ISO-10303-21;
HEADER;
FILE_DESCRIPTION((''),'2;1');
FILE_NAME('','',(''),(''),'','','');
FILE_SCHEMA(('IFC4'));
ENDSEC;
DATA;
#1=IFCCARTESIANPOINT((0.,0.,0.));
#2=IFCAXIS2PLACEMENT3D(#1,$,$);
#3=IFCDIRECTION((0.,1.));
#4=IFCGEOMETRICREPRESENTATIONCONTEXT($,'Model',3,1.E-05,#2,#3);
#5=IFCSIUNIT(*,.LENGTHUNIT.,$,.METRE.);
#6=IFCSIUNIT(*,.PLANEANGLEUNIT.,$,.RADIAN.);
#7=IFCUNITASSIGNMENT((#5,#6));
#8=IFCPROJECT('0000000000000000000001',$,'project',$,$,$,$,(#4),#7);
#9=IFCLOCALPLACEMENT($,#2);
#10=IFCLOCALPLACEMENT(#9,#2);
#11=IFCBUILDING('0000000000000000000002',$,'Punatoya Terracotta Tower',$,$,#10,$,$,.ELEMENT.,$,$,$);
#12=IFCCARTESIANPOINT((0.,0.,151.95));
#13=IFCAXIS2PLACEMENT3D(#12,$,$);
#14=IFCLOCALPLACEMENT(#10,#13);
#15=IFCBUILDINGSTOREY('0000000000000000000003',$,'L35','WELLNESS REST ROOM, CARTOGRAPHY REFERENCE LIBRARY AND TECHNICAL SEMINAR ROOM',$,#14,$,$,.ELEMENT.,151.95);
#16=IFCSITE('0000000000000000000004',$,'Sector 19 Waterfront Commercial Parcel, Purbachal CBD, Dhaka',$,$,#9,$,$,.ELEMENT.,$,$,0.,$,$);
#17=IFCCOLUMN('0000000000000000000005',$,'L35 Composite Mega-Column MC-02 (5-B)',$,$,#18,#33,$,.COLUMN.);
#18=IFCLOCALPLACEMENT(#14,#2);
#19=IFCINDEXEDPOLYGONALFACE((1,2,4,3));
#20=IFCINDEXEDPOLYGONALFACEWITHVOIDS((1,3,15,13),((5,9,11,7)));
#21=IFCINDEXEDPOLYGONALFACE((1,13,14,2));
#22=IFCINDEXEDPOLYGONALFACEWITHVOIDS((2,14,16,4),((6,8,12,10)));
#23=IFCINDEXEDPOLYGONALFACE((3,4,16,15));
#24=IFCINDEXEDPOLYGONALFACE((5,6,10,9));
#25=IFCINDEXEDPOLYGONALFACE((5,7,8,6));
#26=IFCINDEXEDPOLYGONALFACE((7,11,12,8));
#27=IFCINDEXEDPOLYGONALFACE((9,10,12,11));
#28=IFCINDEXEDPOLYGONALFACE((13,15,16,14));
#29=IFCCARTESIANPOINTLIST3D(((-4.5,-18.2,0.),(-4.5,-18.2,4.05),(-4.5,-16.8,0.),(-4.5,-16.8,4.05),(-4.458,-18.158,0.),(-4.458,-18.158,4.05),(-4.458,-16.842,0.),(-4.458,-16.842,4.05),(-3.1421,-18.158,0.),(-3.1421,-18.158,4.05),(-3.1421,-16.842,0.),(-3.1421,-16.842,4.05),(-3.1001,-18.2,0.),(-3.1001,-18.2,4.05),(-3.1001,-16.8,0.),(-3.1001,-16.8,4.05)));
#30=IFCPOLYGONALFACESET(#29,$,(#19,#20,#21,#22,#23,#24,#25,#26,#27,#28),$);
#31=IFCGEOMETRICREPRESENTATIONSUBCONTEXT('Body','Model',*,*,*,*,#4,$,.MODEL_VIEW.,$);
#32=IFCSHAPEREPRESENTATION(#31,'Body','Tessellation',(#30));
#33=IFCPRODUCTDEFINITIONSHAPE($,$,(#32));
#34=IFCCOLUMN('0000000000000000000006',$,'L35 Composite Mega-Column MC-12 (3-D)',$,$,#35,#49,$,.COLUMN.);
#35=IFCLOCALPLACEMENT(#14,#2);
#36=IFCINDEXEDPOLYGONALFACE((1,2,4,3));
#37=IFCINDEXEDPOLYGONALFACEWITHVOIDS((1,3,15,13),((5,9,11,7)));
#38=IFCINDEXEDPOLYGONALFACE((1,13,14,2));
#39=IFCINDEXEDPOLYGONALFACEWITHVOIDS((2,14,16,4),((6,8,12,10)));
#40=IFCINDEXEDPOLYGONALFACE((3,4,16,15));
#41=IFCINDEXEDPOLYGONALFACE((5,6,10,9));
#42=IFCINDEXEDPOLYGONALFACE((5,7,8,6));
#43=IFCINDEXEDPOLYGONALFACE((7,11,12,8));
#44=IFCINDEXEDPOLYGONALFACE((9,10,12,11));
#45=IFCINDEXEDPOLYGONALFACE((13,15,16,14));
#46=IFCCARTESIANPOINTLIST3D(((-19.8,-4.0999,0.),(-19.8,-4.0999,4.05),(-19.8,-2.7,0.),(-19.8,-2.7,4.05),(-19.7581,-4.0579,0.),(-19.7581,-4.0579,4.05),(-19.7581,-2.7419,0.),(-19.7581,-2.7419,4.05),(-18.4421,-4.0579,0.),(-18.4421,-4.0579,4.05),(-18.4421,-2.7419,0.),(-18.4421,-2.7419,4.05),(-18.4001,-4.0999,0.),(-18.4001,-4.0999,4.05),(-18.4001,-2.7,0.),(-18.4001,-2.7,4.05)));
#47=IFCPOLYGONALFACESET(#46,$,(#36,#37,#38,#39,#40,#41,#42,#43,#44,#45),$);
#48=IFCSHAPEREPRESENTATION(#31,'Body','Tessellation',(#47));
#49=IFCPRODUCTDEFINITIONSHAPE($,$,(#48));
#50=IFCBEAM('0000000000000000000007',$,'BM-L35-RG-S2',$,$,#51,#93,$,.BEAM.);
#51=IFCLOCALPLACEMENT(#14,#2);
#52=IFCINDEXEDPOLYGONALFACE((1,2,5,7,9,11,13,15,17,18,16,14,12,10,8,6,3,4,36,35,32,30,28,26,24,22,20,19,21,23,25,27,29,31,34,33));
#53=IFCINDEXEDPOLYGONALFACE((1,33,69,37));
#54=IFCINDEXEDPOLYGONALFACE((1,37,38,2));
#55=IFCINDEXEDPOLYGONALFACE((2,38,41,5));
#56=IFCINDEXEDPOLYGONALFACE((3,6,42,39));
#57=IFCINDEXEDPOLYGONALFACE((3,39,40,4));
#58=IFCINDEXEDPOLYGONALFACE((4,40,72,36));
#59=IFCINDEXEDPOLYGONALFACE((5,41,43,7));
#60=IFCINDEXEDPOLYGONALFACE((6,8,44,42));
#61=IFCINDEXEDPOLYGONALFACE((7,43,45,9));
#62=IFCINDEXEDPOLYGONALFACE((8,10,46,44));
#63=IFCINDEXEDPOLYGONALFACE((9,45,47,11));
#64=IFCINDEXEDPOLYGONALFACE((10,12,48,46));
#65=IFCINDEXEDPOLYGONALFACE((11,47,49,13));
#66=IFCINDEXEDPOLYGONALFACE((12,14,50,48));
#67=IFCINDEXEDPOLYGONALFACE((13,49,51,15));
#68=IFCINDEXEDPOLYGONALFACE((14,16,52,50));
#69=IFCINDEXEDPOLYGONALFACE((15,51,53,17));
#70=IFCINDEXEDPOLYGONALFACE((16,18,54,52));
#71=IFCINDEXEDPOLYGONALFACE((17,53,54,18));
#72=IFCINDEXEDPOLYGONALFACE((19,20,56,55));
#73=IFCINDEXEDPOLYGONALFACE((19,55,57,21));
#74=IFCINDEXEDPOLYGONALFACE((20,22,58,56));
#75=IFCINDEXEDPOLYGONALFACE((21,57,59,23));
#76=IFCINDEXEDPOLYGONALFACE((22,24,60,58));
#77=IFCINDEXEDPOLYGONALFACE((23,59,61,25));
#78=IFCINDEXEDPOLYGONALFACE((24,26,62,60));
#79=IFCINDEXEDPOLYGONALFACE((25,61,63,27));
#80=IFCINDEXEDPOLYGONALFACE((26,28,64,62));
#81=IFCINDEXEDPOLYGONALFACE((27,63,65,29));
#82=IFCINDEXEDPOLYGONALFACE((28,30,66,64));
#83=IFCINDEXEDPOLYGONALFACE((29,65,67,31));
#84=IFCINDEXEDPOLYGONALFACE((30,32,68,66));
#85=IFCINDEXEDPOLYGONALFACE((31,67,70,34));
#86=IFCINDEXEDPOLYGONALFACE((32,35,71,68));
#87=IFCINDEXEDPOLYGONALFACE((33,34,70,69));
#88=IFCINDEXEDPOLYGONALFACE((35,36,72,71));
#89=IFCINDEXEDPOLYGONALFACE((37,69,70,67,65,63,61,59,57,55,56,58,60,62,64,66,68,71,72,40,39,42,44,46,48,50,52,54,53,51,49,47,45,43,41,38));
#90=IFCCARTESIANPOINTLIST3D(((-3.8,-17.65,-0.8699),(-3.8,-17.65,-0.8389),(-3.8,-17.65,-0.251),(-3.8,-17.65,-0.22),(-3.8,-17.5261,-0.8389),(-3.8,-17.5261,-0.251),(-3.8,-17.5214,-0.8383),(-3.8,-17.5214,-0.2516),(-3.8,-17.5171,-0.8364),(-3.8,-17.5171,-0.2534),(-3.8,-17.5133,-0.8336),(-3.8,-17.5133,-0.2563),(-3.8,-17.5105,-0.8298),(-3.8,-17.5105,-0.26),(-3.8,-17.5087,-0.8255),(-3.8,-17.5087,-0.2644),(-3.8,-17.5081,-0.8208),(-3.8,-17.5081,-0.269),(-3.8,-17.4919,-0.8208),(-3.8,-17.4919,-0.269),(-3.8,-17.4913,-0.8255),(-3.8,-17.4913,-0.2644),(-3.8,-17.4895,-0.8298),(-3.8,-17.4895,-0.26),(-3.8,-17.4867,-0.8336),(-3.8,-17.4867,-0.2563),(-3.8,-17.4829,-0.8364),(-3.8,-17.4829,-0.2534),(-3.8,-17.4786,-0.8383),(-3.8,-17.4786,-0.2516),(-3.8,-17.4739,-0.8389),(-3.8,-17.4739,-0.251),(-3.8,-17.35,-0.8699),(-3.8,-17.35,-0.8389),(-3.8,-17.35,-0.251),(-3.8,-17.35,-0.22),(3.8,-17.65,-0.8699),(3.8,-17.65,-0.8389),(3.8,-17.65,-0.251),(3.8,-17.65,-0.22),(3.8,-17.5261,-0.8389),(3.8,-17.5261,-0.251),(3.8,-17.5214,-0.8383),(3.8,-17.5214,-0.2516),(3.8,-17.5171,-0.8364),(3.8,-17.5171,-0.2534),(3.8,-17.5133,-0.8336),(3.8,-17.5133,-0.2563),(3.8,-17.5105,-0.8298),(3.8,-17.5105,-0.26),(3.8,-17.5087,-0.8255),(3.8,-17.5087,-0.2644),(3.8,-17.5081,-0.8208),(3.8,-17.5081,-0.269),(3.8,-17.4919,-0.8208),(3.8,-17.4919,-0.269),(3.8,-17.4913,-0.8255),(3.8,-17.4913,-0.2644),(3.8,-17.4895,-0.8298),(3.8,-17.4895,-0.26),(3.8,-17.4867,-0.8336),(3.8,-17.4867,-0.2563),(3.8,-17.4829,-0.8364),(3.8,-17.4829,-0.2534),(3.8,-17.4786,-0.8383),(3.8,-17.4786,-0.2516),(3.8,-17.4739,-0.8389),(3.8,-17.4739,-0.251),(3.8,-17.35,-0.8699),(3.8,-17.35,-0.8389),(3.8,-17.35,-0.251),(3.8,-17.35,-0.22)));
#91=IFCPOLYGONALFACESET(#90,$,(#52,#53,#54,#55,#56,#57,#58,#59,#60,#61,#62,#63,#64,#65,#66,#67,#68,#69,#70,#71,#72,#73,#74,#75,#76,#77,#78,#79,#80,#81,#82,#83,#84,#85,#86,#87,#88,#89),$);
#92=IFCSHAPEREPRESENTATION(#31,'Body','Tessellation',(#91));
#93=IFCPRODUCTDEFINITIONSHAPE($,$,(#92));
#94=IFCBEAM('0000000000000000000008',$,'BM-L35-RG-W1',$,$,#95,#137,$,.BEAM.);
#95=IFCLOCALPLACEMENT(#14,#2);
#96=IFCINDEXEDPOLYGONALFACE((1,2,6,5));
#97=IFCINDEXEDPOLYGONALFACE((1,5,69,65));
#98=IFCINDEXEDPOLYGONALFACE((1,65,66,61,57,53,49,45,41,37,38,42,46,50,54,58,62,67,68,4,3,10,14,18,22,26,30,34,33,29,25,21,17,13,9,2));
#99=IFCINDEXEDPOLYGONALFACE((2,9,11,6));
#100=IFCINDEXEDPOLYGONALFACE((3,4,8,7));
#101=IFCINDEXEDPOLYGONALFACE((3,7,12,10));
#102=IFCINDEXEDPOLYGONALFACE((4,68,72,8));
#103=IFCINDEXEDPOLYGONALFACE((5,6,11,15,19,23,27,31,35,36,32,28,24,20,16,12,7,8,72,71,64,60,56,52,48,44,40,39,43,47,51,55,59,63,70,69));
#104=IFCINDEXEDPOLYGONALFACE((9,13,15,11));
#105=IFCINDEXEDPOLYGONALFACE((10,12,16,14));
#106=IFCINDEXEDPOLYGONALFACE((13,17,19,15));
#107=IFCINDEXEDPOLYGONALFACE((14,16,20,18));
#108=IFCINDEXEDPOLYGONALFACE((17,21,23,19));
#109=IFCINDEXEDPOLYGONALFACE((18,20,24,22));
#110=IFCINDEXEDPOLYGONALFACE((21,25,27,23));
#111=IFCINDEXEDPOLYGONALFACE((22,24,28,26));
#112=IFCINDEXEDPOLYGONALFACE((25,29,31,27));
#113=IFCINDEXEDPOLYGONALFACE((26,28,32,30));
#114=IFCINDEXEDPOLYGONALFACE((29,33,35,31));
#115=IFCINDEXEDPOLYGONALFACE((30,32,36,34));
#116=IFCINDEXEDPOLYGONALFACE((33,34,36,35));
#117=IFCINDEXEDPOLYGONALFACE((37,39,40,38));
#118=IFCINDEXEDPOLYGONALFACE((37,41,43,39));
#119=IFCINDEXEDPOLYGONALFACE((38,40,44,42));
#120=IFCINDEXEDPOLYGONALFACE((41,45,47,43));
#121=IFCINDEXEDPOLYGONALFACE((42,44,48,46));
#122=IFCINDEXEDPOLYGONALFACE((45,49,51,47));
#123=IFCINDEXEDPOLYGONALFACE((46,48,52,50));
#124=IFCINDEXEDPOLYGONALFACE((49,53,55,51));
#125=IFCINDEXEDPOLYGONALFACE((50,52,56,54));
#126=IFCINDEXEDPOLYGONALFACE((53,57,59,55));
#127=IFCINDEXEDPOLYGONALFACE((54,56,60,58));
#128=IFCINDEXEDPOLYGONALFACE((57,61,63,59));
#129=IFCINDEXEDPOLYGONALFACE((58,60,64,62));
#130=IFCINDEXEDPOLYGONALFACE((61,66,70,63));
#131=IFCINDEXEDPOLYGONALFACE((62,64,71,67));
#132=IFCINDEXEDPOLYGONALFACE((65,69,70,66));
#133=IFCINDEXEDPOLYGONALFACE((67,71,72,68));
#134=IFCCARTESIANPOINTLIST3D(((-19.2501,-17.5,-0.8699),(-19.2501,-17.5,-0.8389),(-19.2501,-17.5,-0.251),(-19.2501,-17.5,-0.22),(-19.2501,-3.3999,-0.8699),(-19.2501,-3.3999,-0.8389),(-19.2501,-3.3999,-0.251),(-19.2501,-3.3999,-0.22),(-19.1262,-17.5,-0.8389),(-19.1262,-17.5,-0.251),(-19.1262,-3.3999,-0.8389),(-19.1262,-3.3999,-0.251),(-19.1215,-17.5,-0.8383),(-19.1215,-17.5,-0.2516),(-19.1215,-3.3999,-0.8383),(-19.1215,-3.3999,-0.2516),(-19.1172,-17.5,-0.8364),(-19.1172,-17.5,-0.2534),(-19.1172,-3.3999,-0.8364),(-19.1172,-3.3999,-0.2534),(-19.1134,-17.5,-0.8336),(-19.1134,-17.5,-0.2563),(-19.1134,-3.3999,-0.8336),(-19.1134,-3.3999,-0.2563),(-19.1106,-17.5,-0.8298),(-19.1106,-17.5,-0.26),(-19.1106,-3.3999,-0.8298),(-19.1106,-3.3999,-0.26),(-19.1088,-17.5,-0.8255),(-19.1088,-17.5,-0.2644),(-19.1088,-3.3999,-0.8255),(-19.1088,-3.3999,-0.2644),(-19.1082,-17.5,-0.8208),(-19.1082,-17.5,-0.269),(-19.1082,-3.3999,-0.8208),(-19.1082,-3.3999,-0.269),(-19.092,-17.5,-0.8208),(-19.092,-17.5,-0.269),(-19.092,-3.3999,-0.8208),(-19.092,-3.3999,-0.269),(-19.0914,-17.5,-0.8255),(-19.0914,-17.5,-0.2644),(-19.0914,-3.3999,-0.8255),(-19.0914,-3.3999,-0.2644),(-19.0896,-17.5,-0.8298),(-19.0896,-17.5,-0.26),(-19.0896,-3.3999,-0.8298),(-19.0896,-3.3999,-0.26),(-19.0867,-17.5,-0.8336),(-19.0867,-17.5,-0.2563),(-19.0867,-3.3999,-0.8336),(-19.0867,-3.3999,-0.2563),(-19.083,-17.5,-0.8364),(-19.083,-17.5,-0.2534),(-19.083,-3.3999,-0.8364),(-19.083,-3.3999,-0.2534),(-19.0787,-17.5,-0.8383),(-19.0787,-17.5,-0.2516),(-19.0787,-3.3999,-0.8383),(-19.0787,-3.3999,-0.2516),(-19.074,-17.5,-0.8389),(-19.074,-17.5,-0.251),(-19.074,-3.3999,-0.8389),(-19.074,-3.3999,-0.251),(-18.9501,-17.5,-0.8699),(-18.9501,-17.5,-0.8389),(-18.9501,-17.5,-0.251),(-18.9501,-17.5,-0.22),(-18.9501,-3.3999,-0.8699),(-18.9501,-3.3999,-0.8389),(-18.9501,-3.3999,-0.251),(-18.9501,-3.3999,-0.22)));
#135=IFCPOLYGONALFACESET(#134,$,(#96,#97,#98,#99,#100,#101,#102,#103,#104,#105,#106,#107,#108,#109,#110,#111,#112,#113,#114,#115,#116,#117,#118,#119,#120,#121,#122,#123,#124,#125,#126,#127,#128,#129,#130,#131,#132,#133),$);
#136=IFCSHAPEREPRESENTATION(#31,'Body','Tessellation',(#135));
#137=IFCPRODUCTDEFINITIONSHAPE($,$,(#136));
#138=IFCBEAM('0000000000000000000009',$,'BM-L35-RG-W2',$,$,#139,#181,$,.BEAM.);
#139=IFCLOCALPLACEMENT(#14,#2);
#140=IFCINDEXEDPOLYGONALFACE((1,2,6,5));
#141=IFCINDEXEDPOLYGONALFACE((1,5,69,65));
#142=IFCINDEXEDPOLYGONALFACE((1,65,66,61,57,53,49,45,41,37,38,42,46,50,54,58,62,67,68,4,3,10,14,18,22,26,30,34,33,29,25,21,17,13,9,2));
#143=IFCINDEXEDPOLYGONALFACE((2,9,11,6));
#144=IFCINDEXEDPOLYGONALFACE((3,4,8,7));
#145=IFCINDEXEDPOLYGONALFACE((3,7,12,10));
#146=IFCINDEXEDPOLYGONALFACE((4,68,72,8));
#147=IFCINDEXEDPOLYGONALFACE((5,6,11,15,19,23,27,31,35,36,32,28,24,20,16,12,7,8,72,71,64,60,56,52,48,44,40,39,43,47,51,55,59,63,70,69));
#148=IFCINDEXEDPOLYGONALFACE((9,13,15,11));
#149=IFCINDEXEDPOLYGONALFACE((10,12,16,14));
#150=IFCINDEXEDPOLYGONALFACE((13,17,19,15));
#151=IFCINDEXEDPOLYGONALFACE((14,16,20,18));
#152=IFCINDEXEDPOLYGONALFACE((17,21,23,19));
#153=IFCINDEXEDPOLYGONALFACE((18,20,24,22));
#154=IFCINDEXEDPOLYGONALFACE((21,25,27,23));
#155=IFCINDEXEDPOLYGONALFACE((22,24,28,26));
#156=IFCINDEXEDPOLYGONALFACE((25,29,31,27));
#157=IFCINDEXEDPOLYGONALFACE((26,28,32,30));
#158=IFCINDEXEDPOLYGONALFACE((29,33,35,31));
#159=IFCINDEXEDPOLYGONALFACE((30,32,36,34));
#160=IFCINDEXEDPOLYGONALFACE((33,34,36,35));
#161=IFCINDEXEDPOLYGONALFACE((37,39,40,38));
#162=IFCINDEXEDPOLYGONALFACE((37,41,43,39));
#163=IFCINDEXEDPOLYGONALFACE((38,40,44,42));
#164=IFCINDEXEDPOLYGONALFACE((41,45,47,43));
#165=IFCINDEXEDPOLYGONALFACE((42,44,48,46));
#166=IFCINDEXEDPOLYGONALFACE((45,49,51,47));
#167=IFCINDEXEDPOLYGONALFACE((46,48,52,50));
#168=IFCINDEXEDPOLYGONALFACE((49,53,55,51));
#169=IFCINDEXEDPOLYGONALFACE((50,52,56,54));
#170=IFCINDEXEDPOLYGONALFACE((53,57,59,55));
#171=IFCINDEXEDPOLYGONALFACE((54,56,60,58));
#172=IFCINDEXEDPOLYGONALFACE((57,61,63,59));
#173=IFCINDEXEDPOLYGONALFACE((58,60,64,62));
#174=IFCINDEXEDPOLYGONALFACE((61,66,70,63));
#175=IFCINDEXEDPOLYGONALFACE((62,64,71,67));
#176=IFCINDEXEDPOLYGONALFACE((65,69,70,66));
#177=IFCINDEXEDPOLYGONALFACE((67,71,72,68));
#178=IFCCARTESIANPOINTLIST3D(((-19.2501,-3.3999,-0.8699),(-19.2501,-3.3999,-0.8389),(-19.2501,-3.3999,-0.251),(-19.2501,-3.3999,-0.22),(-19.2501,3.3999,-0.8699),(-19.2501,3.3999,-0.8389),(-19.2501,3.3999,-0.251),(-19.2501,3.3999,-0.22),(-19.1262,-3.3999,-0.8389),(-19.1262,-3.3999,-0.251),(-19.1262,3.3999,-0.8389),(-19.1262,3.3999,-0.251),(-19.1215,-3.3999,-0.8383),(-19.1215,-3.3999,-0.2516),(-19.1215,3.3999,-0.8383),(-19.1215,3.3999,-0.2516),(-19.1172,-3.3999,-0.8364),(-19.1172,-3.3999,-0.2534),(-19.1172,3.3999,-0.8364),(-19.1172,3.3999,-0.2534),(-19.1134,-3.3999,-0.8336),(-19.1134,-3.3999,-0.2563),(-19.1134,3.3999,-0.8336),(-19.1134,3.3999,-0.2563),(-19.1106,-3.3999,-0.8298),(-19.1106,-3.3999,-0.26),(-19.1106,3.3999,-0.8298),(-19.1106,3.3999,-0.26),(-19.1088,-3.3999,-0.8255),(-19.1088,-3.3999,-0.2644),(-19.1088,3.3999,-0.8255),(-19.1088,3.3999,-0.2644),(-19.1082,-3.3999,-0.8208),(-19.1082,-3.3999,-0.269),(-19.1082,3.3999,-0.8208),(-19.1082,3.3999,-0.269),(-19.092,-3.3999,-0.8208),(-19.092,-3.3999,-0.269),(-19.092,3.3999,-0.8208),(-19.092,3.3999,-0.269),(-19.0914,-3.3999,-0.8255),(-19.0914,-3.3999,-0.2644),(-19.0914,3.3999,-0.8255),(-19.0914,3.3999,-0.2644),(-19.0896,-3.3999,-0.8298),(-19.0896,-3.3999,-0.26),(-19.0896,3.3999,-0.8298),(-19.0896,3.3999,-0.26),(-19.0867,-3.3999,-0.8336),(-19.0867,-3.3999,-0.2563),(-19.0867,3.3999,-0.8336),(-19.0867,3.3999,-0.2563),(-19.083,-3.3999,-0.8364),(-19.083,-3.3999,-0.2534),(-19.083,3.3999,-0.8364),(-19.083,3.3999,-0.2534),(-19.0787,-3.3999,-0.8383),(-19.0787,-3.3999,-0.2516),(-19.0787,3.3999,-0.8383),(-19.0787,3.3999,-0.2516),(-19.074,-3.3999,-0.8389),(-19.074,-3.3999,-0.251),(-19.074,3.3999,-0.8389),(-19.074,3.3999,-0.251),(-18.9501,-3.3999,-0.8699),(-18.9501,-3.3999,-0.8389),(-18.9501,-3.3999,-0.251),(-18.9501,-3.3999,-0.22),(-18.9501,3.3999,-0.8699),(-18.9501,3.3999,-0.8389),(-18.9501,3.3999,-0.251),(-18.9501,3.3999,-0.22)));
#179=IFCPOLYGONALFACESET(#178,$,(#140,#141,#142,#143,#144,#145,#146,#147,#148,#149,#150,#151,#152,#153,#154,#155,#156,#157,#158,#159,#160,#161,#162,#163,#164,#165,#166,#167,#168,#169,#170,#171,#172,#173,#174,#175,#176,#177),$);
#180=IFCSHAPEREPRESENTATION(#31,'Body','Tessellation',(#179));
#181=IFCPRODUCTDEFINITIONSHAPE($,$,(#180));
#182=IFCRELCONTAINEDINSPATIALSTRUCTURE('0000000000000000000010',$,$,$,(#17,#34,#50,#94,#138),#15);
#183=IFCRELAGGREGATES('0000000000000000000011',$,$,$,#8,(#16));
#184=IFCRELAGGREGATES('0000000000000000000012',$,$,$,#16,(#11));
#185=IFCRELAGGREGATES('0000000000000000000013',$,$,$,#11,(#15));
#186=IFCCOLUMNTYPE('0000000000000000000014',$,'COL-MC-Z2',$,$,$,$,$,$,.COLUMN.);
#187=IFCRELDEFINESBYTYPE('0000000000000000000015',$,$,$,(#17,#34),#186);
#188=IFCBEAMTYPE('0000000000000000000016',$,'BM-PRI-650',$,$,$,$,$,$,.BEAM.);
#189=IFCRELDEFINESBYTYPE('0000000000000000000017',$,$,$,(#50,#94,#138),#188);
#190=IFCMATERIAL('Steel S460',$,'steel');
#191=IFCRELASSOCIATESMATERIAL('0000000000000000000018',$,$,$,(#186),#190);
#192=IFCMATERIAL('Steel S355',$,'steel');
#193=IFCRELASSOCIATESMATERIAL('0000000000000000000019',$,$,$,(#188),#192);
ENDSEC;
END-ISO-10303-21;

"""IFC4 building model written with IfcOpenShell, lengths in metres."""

from ifc_helpers import new_model, si_unit, direction, frame, origin, origin_2d, place, context, subcontext, project, spatial, hollow_rectangle, i_section, extrude, material, material_profile, profile_set, type_object, element, save


model = new_model("IFC4")

# Units and contexts
model_context = context("Model", 3, precision=1e-05, world=origin(), true_north=direction((0.0, 1.0)))
body_context = subcontext(model_context, "Body", "Model", "MODEL_VIEW")
ifc_project = project(units=[si_unit("LENGTHUNIT", "METRE"), si_unit("PLANEANGLEUNIT", "RADIAN")], contexts=[model_context])

# Site, building, storey
site_placement = place(None, origin())
site = spatial("IfcSite", under=ifc_project, at=site_placement, Name="Sector 19 Waterfront Commercial Parcel, Purbachal CBD, Dhaka", CompositionType="ELEMENT", RefElevation=0.0)
building_placement = place(site_placement, origin())
building = spatial("IfcBuilding", under=site, at=building_placement, Name="Punatoya Terracotta Tower", CompositionType="ELEMENT")
storey_placement = place(building_placement, frame((0.0, 0.0, 151.95)))
storey = spatial("IfcBuildingStorey", under=building, at=storey_placement, Name="L35", Description="WELLNESS REST ROOM, CARTOGRAPHY REFERENCE LIBRARY AND TECHNICAL SEMINAR ROOM", CompositionType="ELEMENT", Elevation=151.95)

# Columns
ifc_material_1 = material(Name="Steel S460", Category="steel")
ifc_material_profile_1 = material_profile(ifc_material_1, hollow_rectangle(XDim=1.3999, YDim=1.3999, WallThickness=0.042, at=origin_2d()))
ifc_profile_set_1 = profile_set([ifc_material_profile_1], Name="Steel S460")
column_type = type_object("IfcColumnType", Name="COL-MC-Z2", PredefinedType="COLUMN", material=ifc_profile_set_1)
for number, where, z_axis, x_axis, name in (
    (1, (-3.8, -17.5, 0.0), (0.0, 0.0, 1.0), (1.0, 0.0, 0.0), "L35 Composite Mega-Column MC-02 (5-B)"),
    (2, (-19.1001, -3.3999, 0.0), (0.0, 0.0, 1.0), (1.0, 0.0, 0.0), "L35 Composite Mega-Column MC-12 (3-D)"),
):
    element("IfcColumn", number, at=place(storey_placement, frame(where, z_axis=z_axis, x_axis=x_axis)), inside=storey, type_object=column_type, Name=name, PredefinedType="COLUMN", context=body_context, shape_type="SweptSolid", body=[
        extrude(hollow_rectangle(XDim=1.3999, YDim=1.3999, WallThickness=0.042, at=origin_2d()), origin(), (0.0, 0.0, 1.0), 4.05),
    ])

# Beams
ifc_material_2 = material(Name="Steel S355", Category="steel")
ifc_material_profile_2 = material_profile(ifc_material_2, i_section(OverallWidth=0.3, OverallDepth=0.6499, WebThickness=0.0161, FlangeThickness=0.031, FilletRadius=0.0181, at=origin_2d()))
ifc_profile_set_2 = profile_set([ifc_material_profile_2], Name="Steel S355")
beam_type_1 = type_object("IfcBeamType", Name="BM-PRI-650", PredefinedType="BEAM", material=ifc_profile_set_2)
beam_1_placement = place(storey_placement, frame((-3.8, -17.5, -0.5449), z_axis=(1.0, 0.0, 0.0), x_axis=(0.0, 1.0, 0.0)))
element("IfcBeam", 3, at=beam_1_placement, inside=storey, type_object=beam_type_1, Name="BM-L35-RG-S2", PredefinedType="BEAM", context=body_context, shape_type="SweptSolid", body=[
    extrude(i_section(OverallWidth=0.3, OverallDepth=0.6499, WebThickness=0.0161, FlangeThickness=0.031, FilletRadius=0.0181, at=origin_2d()), origin(), (0.0, 0.0, 1.0), 7.6001),
])
beam_2_placement = place(storey_placement, frame((-19.1001, -17.5, -0.5449), z_axis=(0.0, 1.0, 0.0), x_axis=(-1.0, 0.0, 0.0)))
element("IfcBeam", 4, at=beam_2_placement, inside=storey, type_object=beam_type_1, Name="BM-L35-RG-W1", PredefinedType="BEAM", context=body_context, shape_type="SweptSolid", body=[
    extrude(i_section(OverallWidth=0.3, OverallDepth=0.6499, WebThickness=0.0161, FlangeThickness=0.031, FilletRadius=0.0181, at=origin_2d()), origin(), (0.0, 0.0, 1.0), 14.1001),
])
beam_3_placement = place(storey_placement, frame((-19.1001, -3.3999, -0.5449), z_axis=(0.0, 1.0, 0.0), x_axis=(-1.0, 0.0, 0.0)))
element("IfcBeam", 5, at=beam_3_placement, inside=storey, type_object=beam_type_1, Name="BM-L35-RG-W2", PredefinedType="BEAM", context=body_context, shape_type="SweptSolid", body=[
    extrude(i_section(OverallWidth=0.3, OverallDepth=0.6499, WebThickness=0.0161, FlangeThickness=0.031, FilletRadius=0.0181, at=origin_2d()), origin(), (0.0, 0.0, 1.0), 6.7998),
])

save(model, "model.ifc")
